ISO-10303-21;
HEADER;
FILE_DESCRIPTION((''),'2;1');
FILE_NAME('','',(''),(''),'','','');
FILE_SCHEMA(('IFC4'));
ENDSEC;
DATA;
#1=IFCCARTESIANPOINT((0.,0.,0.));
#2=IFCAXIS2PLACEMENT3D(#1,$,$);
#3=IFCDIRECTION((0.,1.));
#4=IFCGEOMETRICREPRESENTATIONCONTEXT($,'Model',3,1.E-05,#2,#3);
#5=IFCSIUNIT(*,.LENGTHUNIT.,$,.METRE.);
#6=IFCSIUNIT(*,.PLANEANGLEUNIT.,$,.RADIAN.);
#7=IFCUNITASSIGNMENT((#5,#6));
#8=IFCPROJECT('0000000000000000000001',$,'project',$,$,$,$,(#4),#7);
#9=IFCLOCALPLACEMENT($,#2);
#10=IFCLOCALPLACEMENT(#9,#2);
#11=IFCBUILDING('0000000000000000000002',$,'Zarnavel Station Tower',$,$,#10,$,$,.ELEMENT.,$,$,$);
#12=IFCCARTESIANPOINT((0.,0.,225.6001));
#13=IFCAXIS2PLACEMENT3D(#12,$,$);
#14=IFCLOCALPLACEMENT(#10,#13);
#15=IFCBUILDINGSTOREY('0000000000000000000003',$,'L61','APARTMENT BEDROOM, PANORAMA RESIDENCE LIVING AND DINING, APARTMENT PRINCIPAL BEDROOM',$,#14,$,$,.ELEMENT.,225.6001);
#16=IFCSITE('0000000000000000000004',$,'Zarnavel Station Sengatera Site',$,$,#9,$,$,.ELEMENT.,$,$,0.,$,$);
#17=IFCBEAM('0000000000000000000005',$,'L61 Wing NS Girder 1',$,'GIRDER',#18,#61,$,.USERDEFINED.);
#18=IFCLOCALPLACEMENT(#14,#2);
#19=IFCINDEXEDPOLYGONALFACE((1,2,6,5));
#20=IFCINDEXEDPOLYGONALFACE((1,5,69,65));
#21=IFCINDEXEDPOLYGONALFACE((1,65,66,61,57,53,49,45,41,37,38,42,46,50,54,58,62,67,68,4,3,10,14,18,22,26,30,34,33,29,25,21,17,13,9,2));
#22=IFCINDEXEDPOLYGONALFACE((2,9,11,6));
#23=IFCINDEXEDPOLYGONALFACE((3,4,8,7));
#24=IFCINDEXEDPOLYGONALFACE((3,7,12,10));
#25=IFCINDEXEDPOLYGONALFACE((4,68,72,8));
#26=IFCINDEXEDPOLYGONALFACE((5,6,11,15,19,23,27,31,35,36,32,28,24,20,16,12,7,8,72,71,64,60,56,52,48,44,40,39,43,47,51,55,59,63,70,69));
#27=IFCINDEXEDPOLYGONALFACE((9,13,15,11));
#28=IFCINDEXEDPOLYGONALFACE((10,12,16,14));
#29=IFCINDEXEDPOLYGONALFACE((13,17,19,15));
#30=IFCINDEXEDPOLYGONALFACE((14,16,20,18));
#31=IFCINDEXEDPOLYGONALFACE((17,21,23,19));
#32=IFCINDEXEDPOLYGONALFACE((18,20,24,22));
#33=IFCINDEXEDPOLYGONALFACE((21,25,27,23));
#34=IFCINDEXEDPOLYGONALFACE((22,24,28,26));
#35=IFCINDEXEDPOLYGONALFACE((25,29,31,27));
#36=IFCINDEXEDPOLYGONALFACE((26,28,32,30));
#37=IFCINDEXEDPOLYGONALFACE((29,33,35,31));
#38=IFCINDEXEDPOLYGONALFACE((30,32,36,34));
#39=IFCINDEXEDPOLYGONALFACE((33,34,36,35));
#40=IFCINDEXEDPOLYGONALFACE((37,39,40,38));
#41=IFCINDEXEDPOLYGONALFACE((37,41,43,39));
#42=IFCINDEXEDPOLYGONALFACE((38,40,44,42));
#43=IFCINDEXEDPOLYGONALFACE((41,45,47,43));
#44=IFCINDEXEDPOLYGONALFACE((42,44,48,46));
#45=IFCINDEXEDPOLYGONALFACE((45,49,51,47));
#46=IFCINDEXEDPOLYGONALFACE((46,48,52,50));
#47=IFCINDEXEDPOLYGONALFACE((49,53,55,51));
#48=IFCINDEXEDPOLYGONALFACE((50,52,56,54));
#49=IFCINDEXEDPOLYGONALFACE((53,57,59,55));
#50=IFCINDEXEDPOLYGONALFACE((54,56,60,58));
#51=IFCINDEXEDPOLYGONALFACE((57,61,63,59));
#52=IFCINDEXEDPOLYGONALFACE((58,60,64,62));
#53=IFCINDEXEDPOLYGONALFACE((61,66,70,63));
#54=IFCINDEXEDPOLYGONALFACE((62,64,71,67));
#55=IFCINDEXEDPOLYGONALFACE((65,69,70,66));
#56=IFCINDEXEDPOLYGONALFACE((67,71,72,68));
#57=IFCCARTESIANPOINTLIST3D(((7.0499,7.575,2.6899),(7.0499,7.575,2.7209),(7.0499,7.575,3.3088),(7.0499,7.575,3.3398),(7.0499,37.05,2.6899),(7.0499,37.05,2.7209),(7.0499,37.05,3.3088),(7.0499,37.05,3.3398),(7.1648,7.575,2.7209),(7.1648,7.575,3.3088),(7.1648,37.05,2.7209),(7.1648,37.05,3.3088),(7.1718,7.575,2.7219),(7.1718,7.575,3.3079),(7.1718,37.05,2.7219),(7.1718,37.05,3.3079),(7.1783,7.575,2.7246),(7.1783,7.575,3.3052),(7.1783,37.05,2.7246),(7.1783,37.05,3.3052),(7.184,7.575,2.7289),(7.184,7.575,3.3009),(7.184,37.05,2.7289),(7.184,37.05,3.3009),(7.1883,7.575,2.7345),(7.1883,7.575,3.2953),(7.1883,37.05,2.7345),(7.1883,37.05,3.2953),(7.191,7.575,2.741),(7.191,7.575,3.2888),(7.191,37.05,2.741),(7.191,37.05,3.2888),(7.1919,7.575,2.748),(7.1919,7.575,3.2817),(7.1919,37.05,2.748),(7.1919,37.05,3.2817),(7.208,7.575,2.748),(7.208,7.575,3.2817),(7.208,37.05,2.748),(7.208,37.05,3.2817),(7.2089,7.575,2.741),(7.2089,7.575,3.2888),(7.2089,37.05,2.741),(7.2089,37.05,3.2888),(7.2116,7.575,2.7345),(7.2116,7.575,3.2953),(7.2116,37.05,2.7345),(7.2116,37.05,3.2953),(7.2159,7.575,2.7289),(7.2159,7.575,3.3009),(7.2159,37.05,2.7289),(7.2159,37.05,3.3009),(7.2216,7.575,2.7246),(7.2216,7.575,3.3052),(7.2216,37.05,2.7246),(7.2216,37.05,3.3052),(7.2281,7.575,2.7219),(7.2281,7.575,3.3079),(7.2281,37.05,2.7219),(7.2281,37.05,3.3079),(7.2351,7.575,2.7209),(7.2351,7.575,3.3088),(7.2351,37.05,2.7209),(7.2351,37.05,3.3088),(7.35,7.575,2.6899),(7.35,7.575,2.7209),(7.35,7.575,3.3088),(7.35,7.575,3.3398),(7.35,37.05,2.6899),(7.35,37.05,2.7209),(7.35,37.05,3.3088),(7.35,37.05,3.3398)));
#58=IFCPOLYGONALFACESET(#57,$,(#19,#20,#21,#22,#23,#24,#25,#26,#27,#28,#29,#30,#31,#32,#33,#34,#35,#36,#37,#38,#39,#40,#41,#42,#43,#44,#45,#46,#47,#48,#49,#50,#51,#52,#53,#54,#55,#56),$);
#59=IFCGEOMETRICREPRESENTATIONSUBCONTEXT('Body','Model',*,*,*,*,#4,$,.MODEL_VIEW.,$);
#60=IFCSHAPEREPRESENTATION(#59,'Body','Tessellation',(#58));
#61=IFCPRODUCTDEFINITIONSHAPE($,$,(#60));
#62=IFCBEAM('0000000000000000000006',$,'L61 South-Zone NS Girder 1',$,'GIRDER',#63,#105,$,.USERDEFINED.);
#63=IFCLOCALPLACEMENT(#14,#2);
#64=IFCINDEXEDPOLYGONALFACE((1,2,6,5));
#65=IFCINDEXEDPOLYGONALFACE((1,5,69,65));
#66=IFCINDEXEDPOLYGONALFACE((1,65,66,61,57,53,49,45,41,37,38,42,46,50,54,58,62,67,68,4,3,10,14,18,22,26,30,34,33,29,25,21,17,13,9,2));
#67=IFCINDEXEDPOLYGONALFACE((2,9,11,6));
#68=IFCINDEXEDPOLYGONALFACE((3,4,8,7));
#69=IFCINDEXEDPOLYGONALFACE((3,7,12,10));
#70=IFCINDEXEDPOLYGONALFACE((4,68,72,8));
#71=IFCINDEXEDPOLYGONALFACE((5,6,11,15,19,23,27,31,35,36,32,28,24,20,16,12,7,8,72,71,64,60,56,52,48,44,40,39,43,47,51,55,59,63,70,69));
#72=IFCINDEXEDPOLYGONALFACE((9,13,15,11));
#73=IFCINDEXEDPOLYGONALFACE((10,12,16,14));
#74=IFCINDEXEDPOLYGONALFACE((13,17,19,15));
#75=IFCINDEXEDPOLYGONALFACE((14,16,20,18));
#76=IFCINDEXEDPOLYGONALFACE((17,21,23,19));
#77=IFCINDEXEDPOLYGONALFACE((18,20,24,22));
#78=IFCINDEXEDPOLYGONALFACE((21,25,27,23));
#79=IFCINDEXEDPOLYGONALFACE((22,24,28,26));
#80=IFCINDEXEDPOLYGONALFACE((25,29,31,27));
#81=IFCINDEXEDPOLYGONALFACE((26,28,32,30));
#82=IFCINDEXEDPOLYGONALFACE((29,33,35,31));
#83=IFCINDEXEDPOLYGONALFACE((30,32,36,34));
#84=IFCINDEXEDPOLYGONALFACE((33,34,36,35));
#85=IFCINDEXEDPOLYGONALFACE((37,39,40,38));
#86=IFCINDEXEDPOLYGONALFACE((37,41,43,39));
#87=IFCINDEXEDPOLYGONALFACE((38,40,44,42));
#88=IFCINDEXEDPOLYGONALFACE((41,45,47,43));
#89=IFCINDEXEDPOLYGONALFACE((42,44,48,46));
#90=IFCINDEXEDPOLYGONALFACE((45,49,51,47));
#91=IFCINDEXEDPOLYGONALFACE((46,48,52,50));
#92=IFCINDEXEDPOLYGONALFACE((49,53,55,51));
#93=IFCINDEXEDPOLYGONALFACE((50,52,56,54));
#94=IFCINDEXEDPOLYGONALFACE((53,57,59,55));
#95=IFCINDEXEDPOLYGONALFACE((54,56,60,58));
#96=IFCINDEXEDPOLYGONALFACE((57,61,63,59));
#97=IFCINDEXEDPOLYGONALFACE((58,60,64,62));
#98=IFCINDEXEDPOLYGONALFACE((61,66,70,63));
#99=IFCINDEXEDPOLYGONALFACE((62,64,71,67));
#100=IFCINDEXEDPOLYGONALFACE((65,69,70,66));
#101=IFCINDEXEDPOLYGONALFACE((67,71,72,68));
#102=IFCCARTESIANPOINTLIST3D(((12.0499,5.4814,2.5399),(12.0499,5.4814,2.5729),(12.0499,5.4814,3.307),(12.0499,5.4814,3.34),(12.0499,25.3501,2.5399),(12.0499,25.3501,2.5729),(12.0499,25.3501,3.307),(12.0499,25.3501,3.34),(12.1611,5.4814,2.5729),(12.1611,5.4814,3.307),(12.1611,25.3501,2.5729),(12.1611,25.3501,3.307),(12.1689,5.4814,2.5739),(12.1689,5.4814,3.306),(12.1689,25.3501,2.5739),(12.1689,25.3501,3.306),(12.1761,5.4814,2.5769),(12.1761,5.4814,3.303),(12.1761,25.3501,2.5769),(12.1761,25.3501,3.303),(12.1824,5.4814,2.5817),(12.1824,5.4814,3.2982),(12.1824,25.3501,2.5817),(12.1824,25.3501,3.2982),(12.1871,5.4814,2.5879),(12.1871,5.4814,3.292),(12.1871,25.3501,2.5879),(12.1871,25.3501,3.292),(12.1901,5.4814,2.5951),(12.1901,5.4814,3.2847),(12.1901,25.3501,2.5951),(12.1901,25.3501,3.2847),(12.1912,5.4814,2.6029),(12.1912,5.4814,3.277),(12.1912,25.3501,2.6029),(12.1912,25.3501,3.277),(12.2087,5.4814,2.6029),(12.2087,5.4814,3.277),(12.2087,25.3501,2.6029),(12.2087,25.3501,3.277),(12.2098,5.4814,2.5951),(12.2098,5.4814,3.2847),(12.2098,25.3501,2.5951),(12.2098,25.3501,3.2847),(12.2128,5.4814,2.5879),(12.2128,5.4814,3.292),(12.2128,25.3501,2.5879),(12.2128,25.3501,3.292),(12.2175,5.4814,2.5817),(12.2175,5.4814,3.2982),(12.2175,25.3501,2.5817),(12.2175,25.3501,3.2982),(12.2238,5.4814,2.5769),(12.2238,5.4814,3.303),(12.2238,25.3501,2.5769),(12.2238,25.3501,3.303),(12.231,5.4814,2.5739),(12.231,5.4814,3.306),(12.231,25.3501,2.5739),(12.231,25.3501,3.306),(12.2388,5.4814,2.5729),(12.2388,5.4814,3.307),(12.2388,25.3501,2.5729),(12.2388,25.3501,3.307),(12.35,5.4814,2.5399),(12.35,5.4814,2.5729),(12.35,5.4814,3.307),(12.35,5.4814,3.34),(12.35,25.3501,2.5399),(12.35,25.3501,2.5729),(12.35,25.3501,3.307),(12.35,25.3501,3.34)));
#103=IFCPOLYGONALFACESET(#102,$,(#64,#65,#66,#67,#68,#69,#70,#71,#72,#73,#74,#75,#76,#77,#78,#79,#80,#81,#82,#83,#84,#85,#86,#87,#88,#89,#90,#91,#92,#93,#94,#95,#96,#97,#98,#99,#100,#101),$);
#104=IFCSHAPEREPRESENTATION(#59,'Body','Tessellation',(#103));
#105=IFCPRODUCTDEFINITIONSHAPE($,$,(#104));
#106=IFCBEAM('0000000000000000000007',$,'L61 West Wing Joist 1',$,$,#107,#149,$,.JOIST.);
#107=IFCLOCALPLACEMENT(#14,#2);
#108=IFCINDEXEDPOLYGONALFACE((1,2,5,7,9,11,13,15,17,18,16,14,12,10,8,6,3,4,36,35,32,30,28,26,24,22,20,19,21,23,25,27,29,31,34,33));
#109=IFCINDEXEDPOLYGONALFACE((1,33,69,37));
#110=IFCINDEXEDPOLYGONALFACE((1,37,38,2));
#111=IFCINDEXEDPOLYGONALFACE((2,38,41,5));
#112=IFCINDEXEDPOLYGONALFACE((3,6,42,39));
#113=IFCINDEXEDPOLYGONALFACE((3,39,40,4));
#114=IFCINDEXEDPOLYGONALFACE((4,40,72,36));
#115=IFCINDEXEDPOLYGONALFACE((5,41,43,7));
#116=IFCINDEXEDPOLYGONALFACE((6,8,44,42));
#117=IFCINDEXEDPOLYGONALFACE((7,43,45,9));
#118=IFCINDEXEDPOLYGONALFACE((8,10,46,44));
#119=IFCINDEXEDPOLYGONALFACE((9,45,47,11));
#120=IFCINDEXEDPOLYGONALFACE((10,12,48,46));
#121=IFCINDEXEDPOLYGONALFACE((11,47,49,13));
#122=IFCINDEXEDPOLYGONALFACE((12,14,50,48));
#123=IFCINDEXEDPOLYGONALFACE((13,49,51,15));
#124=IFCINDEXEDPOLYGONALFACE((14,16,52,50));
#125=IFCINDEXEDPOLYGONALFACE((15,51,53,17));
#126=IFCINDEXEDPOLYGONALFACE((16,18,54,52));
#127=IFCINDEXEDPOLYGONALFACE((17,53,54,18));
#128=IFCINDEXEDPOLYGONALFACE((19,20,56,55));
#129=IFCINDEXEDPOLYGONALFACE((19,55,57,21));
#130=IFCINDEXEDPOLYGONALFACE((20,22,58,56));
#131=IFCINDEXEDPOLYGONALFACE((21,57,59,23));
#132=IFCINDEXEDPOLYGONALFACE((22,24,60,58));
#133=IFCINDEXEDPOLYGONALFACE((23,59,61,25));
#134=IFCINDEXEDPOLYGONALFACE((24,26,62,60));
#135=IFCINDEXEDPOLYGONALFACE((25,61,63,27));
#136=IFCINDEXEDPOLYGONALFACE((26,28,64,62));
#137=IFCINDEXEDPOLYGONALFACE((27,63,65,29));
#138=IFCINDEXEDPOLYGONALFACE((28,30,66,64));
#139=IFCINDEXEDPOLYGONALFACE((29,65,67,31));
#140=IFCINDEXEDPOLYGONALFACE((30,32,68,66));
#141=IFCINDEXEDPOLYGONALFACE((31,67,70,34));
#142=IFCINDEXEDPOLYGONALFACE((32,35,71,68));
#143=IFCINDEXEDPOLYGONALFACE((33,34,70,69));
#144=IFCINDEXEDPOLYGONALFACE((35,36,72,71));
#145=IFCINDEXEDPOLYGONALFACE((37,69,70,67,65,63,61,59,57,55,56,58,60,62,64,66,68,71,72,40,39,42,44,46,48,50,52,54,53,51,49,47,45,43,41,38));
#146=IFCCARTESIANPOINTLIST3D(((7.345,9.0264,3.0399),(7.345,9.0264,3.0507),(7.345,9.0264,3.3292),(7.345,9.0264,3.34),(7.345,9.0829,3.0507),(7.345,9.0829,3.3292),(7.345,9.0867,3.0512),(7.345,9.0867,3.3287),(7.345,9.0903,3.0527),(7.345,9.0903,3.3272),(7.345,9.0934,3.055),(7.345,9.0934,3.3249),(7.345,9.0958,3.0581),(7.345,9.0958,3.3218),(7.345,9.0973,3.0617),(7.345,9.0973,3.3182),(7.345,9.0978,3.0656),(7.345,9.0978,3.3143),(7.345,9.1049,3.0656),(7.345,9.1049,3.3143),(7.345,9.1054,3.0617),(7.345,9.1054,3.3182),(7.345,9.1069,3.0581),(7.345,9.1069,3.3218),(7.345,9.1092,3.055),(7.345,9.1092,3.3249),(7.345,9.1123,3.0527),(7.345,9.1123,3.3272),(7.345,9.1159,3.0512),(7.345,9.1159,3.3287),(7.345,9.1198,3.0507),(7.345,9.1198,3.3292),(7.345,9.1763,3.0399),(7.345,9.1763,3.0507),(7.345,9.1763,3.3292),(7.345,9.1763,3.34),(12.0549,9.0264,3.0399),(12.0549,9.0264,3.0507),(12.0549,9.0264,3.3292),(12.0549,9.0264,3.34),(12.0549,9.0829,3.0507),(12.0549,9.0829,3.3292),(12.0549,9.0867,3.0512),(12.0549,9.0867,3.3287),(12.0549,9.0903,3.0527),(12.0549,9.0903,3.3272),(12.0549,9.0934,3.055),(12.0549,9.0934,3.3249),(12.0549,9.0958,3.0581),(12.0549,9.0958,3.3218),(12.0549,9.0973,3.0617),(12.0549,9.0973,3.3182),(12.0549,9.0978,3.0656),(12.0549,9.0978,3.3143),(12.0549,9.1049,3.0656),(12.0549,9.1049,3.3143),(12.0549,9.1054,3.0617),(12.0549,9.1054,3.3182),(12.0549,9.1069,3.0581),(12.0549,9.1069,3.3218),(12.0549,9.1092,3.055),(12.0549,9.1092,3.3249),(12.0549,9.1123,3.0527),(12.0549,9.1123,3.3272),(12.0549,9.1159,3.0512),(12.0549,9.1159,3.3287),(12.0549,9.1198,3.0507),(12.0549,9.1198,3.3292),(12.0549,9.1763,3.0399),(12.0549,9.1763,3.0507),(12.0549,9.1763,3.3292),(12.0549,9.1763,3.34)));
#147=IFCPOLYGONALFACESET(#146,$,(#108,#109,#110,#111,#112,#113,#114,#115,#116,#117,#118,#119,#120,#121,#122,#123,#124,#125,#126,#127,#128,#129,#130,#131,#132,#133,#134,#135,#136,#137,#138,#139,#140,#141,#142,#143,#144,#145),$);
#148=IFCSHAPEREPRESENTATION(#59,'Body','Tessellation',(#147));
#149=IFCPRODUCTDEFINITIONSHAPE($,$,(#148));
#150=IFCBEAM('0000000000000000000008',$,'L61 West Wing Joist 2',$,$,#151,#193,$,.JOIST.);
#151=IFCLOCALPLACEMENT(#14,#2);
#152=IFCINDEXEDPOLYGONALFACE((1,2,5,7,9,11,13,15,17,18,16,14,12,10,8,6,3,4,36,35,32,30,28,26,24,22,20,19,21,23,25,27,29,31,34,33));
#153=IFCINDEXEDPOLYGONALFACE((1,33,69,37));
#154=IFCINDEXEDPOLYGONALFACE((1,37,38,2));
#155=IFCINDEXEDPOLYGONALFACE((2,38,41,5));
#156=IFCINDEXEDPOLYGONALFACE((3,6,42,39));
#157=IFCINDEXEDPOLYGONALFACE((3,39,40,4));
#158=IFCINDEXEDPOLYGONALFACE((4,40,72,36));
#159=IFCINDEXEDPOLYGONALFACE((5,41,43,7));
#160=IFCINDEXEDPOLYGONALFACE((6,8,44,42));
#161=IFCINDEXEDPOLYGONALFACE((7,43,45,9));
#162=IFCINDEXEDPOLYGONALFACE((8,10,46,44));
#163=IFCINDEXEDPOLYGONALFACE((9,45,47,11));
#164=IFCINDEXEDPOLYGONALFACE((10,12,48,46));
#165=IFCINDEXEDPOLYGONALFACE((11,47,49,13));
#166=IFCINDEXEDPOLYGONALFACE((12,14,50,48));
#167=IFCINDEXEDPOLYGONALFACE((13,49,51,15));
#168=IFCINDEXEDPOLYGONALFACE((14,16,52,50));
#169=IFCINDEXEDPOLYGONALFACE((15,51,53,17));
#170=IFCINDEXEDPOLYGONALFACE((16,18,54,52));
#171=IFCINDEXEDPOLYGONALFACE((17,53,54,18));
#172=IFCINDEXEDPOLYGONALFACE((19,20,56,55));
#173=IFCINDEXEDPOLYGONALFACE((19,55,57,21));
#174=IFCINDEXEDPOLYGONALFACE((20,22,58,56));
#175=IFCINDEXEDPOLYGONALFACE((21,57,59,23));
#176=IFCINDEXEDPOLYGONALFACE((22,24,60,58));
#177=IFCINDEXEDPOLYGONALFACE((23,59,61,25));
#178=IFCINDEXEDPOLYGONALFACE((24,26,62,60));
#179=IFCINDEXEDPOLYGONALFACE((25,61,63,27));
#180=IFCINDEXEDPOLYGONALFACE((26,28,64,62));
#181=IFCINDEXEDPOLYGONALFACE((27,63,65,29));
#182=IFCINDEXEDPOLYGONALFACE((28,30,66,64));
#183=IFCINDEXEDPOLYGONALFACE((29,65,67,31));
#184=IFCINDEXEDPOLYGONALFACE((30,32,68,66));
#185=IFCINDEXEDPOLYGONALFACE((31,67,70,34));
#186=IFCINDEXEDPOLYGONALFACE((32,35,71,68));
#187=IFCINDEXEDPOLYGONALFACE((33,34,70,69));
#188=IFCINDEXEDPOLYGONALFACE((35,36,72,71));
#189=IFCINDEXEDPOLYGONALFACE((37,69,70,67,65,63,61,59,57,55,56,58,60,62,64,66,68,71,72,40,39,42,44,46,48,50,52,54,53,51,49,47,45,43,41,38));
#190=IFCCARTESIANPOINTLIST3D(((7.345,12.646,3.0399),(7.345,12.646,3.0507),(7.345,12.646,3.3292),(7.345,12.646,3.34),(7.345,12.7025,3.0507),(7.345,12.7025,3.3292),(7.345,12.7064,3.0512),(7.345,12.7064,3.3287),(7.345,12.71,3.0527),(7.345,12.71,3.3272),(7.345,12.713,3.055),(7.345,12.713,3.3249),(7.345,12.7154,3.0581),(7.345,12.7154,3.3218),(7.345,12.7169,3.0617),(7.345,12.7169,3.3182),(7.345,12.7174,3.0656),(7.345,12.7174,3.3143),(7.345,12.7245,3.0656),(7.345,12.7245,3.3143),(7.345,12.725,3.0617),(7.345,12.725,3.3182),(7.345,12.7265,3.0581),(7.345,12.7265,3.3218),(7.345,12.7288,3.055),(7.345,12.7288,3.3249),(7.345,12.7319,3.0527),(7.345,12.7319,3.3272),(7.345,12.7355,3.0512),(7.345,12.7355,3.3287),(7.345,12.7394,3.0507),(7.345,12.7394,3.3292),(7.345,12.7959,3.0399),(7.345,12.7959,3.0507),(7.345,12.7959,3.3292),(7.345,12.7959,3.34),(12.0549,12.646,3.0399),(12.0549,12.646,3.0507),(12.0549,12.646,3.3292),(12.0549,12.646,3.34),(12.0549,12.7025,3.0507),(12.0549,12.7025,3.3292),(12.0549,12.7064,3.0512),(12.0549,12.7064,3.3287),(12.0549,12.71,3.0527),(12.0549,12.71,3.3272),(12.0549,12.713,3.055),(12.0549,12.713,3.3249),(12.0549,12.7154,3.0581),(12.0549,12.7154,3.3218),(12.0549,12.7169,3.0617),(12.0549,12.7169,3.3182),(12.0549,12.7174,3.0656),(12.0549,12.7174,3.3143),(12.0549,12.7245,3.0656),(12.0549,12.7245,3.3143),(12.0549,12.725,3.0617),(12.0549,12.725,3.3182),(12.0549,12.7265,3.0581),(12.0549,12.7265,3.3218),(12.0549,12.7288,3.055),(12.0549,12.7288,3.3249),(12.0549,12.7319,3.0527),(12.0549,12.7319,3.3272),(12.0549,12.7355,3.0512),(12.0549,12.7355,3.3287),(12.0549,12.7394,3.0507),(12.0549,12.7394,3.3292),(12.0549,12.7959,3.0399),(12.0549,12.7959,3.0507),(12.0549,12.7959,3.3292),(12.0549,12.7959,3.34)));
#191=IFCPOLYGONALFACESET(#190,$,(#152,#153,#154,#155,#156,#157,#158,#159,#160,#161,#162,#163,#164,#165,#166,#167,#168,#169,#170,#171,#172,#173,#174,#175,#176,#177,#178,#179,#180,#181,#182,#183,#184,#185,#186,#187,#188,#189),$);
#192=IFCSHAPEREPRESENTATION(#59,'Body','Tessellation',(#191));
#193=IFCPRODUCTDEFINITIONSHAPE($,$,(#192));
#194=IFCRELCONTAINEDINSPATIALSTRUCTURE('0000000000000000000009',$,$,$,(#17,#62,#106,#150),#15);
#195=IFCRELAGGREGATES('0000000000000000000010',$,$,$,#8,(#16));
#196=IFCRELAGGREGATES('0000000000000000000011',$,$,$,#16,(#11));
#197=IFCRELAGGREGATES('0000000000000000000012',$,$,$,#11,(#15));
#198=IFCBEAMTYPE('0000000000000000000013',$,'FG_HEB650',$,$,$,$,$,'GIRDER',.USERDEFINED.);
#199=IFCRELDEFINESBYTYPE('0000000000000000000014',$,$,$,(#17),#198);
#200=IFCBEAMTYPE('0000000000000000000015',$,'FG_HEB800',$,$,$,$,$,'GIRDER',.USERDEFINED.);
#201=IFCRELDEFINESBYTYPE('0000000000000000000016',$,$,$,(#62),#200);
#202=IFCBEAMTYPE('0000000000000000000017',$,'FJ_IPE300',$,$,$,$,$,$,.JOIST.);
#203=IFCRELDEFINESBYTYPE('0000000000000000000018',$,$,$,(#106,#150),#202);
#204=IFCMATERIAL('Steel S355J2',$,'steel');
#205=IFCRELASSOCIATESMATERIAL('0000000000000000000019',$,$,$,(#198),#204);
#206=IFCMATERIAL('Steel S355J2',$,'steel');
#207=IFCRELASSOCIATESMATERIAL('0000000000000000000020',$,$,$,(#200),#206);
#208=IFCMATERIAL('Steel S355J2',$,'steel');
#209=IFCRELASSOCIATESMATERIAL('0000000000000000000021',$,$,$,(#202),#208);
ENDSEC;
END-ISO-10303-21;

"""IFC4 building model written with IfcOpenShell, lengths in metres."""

from ifc_helpers import new_model, si_unit, direction, frame, origin, origin_2d, place, context, subcontext, project, spatial, i_section, extrude, material, material_profile, profile_set, type_object, element, save


model = new_model("IFC4")

# Units and contexts
model_context = context("Model", 3, precision=1e-05, world=origin(), true_north=direction((0.0, 1.0)))
body_context = subcontext(model_context, "Body", "Model", "MODEL_VIEW")
ifc_project = project(units=[si_unit("LENGTHUNIT", "METRE"), si_unit("PLANEANGLEUNIT", "RADIAN")], contexts=[model_context])

# Site, building, storey
site_placement = place(None, origin())
site = spatial("IfcSite", under=ifc_project, at=site_placement, Name="Zarnavel Station Sengatera Site", CompositionType="ELEMENT", RefElevation=0.0)
building_placement = place(site_placement, origin())
building = spatial("IfcBuilding", under=site, at=building_placement, Name="Zarnavel Station Tower", CompositionType="ELEMENT")
storey_placement = place(building_placement, frame((0.0, 0.0, 225.6001)))
storey = spatial("IfcBuildingStorey", under=building, at=storey_placement, Name="L61", Description="APARTMENT BEDROOM, PANORAMA RESIDENCE LIVING AND DINING, APARTMENT PRINCIPAL BEDROOM", CompositionType="ELEMENT", Elevation=225.6001)

# Beams
ifc_material_1 = material(Name="Steel S355J2", Category="steel")
ifc_material_profile_1 = material_profile(ifc_material_1, i_section(OverallWidth=0.3, OverallDepth=0.6499, WebThickness=0.0161, FlangeThickness=0.031, FilletRadius=0.0271, at=origin_2d()), Name="HEB650")
ifc_profile_set_1 = profile_set([ifc_material_profile_1], Name="Steel S355J2")
beam_type_1 = type_object("IfcBeamType", Name="FG_HEB650", ElementType="GIRDER", PredefinedType="USERDEFINED", material=ifc_profile_set_1)
beam_1_placement = place(storey_placement, frame((7.2, 7.575, 3.0149), z_axis=(0.0, 1.0, 0.0), x_axis=(-1.0, 0.0, 0.0)))
element("IfcBeam", 1, at=beam_1_placement, inside=storey, type_object=beam_type_1, Name="L61 Wing NS Girder 1", ObjectType="GIRDER", PredefinedType="USERDEFINED", context=body_context, shape_type="SweptSolid", body=[
    extrude(i_section(OverallWidth=0.3, OverallDepth=0.6499, WebThickness=0.0161, FlangeThickness=0.031, FilletRadius=0.0271, at=origin_2d()), origin(), (0.0, 0.0, 1.0), 29.4751),
])
ifc_material_2 = material(Name="Steel S355J2", Category="steel")
ifc_material_profile_2 = material_profile(ifc_material_2, i_section(OverallWidth=0.3, OverallDepth=0.8, WebThickness=0.0176, FlangeThickness=0.033, FilletRadius=0.03, at=origin_2d()), Name="HEB800")
ifc_profile_set_2 = profile_set([ifc_material_profile_2], Name="Steel S355J2")
beam_type_2 = type_object("IfcBeamType", Name="FG_HEB800", ElementType="GIRDER", PredefinedType="USERDEFINED", material=ifc_profile_set_2)
beam_2_placement = place(storey_placement, frame((12.2, 5.4814, 2.9399), z_axis=(0.0, 1.0, 0.0), x_axis=(-1.0, 0.0, 0.0)))
element("IfcBeam", 2, at=beam_2_placement, inside=storey, type_object=beam_type_2, Name="L61 South-Zone NS Girder 1", ObjectType="GIRDER", PredefinedType="USERDEFINED", context=body_context, shape_type="SweptSolid", body=[
    extrude(i_section(OverallWidth=0.3, OverallDepth=0.8, WebThickness=0.0176, FlangeThickness=0.033, FilletRadius=0.03, at=origin_2d()), origin(), (0.0, 0.0, 1.0), 19.8687),
])
ifc_material_3 = material(Name="Steel S355J2", Category="steel")
ifc_material_profile_3 = material_profile(ifc_material_3, i_section(OverallWidth=0.1499, OverallDepth=0.3, WebThickness=0.0071, FlangeThickness=0.0107, FilletRadius=0.0149, at=origin_2d()), Name="IPE300")
ifc_profile_set_3 = profile_set([ifc_material_profile_3], Name="Steel S355J2")
beam_type_3 = type_object("IfcBeamType", Name="FJ_IPE300", PredefinedType="JOIST", material=ifc_profile_set_3)
for number, where, z_axis, x_axis, name in (
    (3, (7.345, 9.1013, 3.1899), (1.0, 0.0, 0.0), (0.0, 1.0, 0.0), "L61 West Wing Joist 1"),
    (4, (7.345, 12.7209, 3.1899), (1.0, 0.0, 0.0), (0.0, 1.0, 0.0), "L61 West Wing Joist 2"),
):
    element("IfcBeam", number, at=place(storey_placement, frame(where, z_axis=z_axis, x_axis=x_axis)), inside=storey, type_object=beam_type_3, Name=name, PredefinedType="JOIST", context=body_context, shape_type="SweptSolid", body=[
        extrude(i_section(OverallWidth=0.1499, OverallDepth=0.3, WebThickness=0.0071, FlangeThickness=0.0107, FilletRadius=0.0149, at=origin_2d()), origin(), (0.0, 0.0, 1.0), 4.71),
    ])

save(model, "model.ifc")
